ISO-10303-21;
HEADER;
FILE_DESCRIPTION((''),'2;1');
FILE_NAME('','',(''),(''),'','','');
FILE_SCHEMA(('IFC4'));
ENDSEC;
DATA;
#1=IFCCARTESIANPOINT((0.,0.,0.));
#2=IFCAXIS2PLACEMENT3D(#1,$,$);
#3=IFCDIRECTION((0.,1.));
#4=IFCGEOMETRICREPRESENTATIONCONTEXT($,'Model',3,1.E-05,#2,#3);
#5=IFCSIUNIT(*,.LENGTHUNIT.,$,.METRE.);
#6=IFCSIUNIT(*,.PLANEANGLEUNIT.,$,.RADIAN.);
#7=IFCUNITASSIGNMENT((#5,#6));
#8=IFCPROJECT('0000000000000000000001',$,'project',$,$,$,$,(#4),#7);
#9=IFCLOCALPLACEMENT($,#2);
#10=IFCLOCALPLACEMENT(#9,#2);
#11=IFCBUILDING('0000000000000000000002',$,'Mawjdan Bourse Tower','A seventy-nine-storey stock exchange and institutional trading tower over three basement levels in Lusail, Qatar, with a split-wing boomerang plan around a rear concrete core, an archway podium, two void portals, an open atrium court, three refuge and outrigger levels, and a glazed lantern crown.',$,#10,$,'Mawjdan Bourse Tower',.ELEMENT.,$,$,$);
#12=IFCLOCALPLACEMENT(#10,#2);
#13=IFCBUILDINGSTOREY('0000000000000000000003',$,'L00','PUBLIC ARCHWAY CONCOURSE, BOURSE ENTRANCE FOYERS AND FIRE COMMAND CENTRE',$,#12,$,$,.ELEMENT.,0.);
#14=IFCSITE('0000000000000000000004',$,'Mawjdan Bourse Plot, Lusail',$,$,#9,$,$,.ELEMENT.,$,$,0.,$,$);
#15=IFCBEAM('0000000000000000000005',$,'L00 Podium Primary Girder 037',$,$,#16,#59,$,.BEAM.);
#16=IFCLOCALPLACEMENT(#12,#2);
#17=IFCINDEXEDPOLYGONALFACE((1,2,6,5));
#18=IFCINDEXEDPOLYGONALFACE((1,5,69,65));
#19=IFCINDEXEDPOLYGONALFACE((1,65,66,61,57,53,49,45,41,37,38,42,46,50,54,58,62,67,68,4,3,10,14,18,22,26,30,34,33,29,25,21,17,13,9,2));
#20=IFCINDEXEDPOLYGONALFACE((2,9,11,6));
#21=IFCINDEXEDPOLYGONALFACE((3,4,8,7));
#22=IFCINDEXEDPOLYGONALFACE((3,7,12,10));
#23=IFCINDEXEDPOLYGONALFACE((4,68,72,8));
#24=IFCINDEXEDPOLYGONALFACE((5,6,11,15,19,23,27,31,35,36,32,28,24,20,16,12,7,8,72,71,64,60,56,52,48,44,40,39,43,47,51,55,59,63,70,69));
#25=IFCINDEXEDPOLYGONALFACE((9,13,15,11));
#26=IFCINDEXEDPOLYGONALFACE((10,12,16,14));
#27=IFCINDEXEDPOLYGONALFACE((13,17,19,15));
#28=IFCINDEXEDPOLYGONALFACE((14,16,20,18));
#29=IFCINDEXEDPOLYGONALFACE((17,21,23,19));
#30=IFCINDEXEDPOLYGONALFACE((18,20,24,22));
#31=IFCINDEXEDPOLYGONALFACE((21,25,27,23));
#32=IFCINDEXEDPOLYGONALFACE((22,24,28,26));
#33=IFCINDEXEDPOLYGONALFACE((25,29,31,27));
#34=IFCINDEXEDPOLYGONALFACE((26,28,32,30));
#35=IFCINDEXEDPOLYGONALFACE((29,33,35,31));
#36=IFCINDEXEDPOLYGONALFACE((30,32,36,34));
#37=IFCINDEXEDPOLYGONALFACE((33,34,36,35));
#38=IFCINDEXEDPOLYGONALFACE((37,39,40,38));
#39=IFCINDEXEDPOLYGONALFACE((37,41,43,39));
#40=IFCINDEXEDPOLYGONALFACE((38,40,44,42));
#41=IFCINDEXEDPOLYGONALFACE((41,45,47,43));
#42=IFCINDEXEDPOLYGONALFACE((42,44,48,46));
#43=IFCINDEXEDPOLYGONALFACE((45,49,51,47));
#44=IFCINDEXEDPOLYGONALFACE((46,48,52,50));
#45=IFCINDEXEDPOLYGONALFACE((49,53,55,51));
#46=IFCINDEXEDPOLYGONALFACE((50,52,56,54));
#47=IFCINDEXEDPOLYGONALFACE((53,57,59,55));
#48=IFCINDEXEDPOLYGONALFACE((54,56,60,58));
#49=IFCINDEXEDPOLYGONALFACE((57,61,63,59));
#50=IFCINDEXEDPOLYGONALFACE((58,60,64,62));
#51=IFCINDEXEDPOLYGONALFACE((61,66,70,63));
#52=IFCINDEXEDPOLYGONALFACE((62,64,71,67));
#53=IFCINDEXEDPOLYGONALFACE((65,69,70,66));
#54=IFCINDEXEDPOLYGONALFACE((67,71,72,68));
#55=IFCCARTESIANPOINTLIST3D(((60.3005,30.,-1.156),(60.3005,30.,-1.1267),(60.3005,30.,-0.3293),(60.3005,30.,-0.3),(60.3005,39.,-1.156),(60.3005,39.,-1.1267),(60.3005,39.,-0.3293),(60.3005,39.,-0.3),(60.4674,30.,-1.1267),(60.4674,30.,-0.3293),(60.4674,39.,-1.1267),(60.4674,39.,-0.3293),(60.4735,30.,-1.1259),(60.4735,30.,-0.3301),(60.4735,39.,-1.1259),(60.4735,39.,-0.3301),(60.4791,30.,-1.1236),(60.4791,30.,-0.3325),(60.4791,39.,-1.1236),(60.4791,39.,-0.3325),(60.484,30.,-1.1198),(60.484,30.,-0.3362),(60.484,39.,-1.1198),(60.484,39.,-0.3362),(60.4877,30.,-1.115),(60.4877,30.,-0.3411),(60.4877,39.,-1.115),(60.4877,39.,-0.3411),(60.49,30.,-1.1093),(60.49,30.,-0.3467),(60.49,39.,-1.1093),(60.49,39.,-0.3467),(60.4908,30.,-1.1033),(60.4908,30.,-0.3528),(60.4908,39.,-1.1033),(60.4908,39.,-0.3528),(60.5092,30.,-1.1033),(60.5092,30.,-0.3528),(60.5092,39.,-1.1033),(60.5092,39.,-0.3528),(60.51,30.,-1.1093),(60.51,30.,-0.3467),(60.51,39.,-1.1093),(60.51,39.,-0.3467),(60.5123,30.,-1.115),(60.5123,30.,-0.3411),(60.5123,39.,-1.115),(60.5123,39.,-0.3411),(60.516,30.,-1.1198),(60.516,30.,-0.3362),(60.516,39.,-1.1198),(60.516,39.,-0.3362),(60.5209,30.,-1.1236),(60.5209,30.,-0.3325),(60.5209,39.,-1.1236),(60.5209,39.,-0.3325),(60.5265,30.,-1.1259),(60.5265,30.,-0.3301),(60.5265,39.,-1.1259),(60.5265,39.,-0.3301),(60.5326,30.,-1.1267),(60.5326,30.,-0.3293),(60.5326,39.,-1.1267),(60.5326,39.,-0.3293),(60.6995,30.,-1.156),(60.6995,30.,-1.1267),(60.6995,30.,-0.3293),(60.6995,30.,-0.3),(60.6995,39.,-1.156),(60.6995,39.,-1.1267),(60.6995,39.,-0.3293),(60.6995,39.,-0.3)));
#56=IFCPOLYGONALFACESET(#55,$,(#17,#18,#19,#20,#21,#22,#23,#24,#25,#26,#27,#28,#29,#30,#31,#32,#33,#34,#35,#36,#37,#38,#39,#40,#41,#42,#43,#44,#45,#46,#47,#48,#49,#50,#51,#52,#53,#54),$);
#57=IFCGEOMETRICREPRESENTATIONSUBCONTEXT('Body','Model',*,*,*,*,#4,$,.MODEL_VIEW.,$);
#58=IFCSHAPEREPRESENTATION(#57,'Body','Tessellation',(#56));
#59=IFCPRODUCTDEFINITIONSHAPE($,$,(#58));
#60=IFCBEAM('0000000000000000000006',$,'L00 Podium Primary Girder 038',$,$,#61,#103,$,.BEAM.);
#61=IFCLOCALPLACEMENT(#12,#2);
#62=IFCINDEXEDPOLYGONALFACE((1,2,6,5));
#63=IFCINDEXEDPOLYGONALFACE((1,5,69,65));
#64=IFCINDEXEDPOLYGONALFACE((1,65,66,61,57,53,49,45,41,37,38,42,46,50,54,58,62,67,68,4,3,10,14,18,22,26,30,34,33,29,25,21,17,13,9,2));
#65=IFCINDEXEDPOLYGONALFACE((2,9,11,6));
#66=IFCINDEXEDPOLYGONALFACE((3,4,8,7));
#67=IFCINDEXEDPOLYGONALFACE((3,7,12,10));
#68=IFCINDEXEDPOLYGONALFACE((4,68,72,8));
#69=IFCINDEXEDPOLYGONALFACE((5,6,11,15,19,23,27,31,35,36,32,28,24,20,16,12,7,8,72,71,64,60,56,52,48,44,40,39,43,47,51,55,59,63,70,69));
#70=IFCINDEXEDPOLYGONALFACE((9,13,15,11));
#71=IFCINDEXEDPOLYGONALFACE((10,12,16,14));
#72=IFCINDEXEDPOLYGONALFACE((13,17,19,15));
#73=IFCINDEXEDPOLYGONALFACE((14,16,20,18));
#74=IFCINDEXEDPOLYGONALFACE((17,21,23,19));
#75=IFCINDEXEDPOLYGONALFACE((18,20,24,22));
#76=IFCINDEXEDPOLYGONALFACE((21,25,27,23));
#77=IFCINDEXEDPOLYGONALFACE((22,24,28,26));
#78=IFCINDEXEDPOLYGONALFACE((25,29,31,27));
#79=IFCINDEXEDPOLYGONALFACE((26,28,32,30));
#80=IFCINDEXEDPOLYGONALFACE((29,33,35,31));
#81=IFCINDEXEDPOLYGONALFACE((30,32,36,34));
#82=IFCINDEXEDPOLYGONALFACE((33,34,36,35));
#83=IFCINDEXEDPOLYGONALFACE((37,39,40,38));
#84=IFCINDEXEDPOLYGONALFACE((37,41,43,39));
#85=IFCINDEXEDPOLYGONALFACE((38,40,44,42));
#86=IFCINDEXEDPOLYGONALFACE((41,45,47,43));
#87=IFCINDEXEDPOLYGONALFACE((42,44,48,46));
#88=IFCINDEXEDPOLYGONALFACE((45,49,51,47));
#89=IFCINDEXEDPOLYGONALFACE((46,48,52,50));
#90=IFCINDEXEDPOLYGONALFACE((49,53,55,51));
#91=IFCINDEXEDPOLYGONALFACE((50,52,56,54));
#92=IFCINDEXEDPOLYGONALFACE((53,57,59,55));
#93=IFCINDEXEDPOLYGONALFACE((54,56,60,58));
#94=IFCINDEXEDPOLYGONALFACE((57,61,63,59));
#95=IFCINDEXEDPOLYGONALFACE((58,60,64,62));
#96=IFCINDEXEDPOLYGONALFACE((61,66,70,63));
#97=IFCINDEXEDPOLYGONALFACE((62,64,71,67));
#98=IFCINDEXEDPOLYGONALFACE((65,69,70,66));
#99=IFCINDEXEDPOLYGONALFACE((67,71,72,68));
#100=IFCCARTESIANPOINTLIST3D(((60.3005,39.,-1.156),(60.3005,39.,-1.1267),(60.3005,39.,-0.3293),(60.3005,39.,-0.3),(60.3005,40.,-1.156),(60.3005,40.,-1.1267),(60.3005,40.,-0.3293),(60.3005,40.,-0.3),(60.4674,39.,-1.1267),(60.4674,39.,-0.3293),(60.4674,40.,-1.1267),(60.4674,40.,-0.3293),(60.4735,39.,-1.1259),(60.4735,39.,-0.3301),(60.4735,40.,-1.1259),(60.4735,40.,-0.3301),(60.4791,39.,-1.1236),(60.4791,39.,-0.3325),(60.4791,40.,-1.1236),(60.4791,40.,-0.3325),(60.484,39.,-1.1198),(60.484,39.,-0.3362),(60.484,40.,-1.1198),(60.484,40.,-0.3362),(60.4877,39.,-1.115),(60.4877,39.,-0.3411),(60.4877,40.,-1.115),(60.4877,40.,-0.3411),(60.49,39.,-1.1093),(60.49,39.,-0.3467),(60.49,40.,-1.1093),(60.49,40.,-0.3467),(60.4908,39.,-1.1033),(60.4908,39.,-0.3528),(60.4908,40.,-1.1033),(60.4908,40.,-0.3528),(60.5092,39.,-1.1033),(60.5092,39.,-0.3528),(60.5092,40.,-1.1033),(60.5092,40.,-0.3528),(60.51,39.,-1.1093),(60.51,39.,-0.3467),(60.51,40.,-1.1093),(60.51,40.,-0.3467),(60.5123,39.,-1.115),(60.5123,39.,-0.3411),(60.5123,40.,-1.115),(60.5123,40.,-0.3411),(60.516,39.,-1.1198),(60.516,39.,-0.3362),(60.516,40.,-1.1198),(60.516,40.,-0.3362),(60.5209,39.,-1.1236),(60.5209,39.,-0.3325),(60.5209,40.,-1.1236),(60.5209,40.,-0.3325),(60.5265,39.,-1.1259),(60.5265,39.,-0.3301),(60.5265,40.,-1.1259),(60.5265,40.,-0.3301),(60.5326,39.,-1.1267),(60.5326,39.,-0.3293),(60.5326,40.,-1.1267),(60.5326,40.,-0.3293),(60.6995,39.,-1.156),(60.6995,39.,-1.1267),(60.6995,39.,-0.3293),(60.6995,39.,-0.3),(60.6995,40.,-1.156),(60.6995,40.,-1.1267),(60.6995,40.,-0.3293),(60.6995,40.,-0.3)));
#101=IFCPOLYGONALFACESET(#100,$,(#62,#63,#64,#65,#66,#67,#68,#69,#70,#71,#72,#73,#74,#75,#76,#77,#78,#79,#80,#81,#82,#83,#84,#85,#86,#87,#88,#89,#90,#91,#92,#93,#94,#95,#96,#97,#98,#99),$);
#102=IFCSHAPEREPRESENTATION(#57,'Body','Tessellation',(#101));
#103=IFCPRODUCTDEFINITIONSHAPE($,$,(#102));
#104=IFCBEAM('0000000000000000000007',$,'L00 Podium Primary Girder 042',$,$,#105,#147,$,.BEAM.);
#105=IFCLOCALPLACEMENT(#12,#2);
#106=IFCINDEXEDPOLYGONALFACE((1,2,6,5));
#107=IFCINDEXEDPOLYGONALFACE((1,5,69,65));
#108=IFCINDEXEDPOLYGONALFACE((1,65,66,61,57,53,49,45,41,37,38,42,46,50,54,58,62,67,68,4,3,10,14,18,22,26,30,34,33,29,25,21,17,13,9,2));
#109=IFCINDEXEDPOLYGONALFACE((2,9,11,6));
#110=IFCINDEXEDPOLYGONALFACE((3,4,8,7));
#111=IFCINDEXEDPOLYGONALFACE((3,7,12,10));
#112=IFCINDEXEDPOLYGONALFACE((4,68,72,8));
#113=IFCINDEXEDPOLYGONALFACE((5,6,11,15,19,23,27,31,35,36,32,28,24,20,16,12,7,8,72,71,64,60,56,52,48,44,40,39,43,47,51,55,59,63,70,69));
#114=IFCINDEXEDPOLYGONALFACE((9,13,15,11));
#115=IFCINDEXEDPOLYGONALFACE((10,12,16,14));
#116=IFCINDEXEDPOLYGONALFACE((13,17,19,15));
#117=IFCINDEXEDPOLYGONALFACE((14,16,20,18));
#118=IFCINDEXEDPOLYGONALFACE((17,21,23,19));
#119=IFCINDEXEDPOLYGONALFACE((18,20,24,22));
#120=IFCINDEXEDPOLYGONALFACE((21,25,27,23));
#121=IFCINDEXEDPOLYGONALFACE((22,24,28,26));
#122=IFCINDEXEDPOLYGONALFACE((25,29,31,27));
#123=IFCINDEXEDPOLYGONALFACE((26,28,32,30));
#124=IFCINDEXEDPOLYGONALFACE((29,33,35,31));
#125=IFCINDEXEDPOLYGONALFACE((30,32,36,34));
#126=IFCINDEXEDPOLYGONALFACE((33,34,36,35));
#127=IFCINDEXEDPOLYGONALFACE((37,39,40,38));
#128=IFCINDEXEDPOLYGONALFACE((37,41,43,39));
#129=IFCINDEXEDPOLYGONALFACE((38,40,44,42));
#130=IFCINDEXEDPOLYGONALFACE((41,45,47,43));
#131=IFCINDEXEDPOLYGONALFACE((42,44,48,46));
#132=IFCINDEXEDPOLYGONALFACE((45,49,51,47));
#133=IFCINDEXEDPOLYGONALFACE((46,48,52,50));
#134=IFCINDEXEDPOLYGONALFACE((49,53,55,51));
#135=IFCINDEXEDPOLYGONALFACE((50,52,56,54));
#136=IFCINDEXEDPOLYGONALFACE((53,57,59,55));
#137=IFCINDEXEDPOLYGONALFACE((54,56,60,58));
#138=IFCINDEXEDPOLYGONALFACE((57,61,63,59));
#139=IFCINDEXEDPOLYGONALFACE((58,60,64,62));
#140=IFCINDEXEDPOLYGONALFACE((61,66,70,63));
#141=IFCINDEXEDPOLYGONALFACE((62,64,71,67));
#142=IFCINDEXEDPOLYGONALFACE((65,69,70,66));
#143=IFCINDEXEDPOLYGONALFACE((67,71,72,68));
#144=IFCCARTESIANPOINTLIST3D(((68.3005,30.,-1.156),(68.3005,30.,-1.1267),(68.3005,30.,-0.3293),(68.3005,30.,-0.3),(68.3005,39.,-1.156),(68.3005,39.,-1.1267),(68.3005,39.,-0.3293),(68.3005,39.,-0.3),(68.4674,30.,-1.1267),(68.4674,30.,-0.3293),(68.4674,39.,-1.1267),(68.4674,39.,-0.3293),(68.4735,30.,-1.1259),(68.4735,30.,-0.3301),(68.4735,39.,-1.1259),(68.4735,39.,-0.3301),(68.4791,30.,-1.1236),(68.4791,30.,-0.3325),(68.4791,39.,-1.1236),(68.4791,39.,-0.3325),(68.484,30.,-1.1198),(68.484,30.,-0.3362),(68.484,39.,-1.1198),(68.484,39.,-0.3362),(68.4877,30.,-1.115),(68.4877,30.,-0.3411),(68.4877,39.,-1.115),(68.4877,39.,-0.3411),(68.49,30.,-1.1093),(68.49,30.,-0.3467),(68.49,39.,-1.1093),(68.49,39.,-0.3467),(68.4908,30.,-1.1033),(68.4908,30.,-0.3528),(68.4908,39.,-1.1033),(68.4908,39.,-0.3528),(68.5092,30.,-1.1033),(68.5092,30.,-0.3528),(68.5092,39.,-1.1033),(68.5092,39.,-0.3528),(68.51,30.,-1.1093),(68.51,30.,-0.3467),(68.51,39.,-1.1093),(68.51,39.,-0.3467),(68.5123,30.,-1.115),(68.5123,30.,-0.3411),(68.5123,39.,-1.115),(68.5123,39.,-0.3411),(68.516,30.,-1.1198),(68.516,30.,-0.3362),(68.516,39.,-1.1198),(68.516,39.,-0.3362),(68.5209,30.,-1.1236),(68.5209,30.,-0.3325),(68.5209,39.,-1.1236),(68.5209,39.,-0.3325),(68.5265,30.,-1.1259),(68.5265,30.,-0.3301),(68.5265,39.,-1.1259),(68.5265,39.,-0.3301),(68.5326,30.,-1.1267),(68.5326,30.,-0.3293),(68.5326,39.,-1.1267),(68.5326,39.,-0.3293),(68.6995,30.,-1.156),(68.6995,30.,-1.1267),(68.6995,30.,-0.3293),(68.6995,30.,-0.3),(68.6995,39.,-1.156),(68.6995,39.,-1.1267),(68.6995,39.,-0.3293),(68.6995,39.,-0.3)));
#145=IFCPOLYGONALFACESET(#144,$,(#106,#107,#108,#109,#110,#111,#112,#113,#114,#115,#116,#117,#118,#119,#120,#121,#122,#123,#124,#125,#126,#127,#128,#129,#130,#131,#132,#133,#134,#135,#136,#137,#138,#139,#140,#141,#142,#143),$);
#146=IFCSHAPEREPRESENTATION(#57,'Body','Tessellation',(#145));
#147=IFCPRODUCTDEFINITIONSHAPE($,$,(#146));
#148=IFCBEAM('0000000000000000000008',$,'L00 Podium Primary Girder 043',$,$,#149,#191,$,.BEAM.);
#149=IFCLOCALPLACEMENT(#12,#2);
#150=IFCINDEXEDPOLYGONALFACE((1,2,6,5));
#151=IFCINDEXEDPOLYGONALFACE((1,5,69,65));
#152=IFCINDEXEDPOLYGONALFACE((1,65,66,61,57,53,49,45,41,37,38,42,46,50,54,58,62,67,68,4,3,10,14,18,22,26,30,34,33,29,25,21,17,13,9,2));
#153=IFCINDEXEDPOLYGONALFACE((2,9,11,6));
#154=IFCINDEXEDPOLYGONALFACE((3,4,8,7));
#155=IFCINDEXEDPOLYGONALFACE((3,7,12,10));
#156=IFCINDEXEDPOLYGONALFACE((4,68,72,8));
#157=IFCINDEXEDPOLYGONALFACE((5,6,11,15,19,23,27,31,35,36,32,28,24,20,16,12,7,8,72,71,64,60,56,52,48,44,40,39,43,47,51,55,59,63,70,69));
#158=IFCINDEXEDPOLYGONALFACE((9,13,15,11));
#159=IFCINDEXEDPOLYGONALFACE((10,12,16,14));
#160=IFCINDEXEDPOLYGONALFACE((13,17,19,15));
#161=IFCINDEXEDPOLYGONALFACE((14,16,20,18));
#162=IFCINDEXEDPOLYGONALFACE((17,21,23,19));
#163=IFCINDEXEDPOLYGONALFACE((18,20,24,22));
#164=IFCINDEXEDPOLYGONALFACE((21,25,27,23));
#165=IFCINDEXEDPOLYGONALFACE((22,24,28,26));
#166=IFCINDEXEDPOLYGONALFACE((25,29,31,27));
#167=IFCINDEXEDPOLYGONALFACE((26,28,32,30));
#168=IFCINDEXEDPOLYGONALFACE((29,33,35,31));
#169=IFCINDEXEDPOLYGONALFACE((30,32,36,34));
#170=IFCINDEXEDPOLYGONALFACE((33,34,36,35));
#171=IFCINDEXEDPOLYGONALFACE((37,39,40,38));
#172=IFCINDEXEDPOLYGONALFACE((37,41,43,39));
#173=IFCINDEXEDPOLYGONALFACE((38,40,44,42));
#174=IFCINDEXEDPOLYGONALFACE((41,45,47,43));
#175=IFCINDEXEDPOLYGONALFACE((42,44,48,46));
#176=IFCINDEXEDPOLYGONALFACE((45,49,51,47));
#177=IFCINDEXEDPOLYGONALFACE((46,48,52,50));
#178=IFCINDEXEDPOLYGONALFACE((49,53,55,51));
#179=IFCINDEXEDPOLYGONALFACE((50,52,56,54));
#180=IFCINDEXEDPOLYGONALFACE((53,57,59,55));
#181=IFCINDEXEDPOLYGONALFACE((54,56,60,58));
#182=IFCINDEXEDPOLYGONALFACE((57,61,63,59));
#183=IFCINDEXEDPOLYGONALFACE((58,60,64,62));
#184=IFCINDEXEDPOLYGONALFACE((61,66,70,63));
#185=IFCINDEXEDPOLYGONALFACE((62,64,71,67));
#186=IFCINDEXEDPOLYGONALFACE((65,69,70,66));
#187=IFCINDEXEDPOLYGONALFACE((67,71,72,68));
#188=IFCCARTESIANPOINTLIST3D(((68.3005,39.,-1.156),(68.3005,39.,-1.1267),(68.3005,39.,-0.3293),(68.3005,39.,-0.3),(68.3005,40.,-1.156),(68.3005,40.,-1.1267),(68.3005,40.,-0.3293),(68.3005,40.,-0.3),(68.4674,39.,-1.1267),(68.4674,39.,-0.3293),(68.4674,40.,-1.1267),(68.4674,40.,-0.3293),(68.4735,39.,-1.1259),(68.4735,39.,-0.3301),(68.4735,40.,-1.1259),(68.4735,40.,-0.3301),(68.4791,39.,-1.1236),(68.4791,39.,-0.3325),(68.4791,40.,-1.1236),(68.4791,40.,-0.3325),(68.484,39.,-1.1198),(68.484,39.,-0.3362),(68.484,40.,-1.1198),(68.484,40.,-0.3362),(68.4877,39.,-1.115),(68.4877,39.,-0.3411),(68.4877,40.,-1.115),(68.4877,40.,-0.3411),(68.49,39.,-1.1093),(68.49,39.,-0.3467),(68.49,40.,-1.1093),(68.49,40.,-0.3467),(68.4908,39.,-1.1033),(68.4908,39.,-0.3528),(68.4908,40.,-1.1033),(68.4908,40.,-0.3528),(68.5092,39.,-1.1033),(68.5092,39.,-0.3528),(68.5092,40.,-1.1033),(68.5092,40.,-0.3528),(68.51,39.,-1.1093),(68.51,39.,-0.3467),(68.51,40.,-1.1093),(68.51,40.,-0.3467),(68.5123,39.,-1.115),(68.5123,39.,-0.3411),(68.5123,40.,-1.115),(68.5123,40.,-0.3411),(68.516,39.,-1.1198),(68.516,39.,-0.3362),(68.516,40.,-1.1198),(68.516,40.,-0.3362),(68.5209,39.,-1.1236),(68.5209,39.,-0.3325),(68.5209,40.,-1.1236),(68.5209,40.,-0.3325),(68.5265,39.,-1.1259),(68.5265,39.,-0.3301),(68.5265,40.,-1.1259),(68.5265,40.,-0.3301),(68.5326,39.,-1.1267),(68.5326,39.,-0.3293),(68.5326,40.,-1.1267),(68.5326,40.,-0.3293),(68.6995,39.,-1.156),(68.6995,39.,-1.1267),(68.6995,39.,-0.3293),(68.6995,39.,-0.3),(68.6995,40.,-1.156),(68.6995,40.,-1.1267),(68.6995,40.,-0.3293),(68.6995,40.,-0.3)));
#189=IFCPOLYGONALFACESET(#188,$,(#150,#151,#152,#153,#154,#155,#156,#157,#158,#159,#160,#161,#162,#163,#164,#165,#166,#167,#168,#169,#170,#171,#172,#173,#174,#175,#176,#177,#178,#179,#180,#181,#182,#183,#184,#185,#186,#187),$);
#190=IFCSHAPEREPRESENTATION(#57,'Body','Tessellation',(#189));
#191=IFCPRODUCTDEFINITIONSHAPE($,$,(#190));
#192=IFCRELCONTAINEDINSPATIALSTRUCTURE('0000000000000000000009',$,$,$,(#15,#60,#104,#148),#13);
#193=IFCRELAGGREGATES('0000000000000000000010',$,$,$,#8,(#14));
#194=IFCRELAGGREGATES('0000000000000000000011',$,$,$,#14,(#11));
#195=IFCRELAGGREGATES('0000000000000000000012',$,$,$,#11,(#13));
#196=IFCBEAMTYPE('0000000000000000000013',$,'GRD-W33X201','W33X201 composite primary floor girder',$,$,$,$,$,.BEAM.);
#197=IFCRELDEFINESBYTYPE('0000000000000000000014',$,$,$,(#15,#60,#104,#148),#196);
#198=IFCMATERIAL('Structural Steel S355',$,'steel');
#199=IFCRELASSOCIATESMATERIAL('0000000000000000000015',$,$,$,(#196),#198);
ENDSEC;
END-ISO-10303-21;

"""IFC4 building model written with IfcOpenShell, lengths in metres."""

from ifc_helpers import new_model, si_unit, direction, frame, origin, origin_2d, place, context, subcontext, project, spatial, i_section, extrude, material, material_profile, profile_set, type_object, element, save


model = new_model("IFC4")

# Units and contexts
model_context = context("Model", 3, precision=1e-05, world=origin(), true_north=direction((0.0, 1.0)))
body_context = subcontext(model_context, "Body", "Model", "MODEL_VIEW")
ifc_project = project(units=[si_unit("LENGTHUNIT", "METRE"), si_unit("PLANEANGLEUNIT", "RADIAN")], contexts=[model_context])

# Site, building, storey
site_placement = place(None, origin())
site = spatial("IfcSite", under=ifc_project, at=site_placement, Name="Mawjdan Bourse Plot, Lusail", CompositionType="ELEMENT", RefElevation=0.0)
building_placement = place(site_placement, origin())
building = spatial("IfcBuilding", under=site, at=building_placement, Name="Mawjdan Bourse Tower", Description="A seventy-nine-storey stock exchange and institutional trading tower over three basement levels in Lusail, Qatar, with a split-wing boomerang plan around a rear concrete core, an archway podium, two void portals, an open atrium court, three refuge and outrigger levels, and a glazed lantern crown.", LongName="Mawjdan Bourse Tower", CompositionType="ELEMENT")
storey_placement = place(building_placement, origin())
storey = spatial("IfcBuildingStorey", under=building, at=storey_placement, Name="L00", Description="PUBLIC ARCHWAY CONCOURSE, BOURSE ENTRANCE FOYERS AND FIRE COMMAND CENTRE", CompositionType="ELEMENT", Elevation=0.0)

# Beams
ifc_material_1 = material(Name="Structural Steel S355", Category="steel")
ifc_material_profile_1 = material_profile(ifc_material_1, i_section(OverallWidth=0.3989, OverallDepth=0.856, WebThickness=0.0183, FlangeThickness=0.0293, FilletRadius=0.0234, at=origin_2d()), Name="W33X201")
ifc_profile_set_1 = profile_set([ifc_material_profile_1], Name="Structural Steel S355")
beam_type_1 = type_object("IfcBeamType", Name="GRD-W33X201", Description="W33X201 composite primary floor girder", PredefinedType="BEAM", material=ifc_profile_set_1)
beam_1_placement = place(storey_placement, frame((60.5, 30.0, -0.728), z_axis=(0.0, 1.0, 0.0), x_axis=(-1.0, 0.0, 0.0)))
element("IfcBeam", 1, at=beam_1_placement, inside=storey, type_object=beam_type_1, Name="L00 Podium Primary Girder 037", PredefinedType="BEAM", context=body_context, shape_type="SweptSolid", body=[
    extrude(i_section(OverallWidth=0.3989, OverallDepth=0.856, WebThickness=0.0183, FlangeThickness=0.0293, FilletRadius=0.0234, at=origin_2d()), origin(), (0.0, 0.0, 1.0), 9.0),
])
beam_2_placement = place(storey_placement, frame((60.5, 39.0, -0.728), z_axis=(0.0, 1.0, 0.0), x_axis=(-1.0, 0.0, 0.0)))
element("IfcBeam", 2, at=beam_2_placement, inside=storey, type_object=beam_type_1, Name="L00 Podium Primary Girder 038", PredefinedType="BEAM", context=body_context, shape_type="SweptSolid", body=[
    extrude(i_section(OverallWidth=0.3989, OverallDepth=0.856, WebThickness=0.0183, FlangeThickness=0.0293, FilletRadius=0.0234, at=origin_2d()), origin(), (0.0, 0.0, 1.0), 1.0),
])
beam_3_placement = place(storey_placement, frame((68.5, 30.0, -0.728), z_axis=(0.0, 1.0, 0.0), x_axis=(-1.0, 0.0, 0.0)))
element("IfcBeam", 3, at=beam_3_placement, inside=storey, type_object=beam_type_1, Name="L00 Podium Primary Girder 042", PredefinedType="BEAM", context=body_context, shape_type="SweptSolid", body=[
    extrude(i_section(OverallWidth=0.3989, OverallDepth=0.856, WebThickness=0.0183, FlangeThickness=0.0293, FilletRadius=0.0234, at=origin_2d()), origin(), (0.0, 0.0, 1.0), 9.0),
])
beam_4_placement = place(storey_placement, frame((68.5, 39.0, -0.728), z_axis=(0.0, 1.0, 0.0), x_axis=(-1.0, 0.0, 0.0)))
element("IfcBeam", 4, at=beam_4_placement, inside=storey, type_object=beam_type_1, Name="L00 Podium Primary Girder 043", PredefinedType="BEAM", context=body_context, shape_type="SweptSolid", body=[
    extrude(i_section(OverallWidth=0.3989, OverallDepth=0.856, WebThickness=0.0183, FlangeThickness=0.0293, FilletRadius=0.0234, at=origin_2d()), origin(), (0.0, 0.0, 1.0), 1.0),
])

save(model, "model.ifc")
